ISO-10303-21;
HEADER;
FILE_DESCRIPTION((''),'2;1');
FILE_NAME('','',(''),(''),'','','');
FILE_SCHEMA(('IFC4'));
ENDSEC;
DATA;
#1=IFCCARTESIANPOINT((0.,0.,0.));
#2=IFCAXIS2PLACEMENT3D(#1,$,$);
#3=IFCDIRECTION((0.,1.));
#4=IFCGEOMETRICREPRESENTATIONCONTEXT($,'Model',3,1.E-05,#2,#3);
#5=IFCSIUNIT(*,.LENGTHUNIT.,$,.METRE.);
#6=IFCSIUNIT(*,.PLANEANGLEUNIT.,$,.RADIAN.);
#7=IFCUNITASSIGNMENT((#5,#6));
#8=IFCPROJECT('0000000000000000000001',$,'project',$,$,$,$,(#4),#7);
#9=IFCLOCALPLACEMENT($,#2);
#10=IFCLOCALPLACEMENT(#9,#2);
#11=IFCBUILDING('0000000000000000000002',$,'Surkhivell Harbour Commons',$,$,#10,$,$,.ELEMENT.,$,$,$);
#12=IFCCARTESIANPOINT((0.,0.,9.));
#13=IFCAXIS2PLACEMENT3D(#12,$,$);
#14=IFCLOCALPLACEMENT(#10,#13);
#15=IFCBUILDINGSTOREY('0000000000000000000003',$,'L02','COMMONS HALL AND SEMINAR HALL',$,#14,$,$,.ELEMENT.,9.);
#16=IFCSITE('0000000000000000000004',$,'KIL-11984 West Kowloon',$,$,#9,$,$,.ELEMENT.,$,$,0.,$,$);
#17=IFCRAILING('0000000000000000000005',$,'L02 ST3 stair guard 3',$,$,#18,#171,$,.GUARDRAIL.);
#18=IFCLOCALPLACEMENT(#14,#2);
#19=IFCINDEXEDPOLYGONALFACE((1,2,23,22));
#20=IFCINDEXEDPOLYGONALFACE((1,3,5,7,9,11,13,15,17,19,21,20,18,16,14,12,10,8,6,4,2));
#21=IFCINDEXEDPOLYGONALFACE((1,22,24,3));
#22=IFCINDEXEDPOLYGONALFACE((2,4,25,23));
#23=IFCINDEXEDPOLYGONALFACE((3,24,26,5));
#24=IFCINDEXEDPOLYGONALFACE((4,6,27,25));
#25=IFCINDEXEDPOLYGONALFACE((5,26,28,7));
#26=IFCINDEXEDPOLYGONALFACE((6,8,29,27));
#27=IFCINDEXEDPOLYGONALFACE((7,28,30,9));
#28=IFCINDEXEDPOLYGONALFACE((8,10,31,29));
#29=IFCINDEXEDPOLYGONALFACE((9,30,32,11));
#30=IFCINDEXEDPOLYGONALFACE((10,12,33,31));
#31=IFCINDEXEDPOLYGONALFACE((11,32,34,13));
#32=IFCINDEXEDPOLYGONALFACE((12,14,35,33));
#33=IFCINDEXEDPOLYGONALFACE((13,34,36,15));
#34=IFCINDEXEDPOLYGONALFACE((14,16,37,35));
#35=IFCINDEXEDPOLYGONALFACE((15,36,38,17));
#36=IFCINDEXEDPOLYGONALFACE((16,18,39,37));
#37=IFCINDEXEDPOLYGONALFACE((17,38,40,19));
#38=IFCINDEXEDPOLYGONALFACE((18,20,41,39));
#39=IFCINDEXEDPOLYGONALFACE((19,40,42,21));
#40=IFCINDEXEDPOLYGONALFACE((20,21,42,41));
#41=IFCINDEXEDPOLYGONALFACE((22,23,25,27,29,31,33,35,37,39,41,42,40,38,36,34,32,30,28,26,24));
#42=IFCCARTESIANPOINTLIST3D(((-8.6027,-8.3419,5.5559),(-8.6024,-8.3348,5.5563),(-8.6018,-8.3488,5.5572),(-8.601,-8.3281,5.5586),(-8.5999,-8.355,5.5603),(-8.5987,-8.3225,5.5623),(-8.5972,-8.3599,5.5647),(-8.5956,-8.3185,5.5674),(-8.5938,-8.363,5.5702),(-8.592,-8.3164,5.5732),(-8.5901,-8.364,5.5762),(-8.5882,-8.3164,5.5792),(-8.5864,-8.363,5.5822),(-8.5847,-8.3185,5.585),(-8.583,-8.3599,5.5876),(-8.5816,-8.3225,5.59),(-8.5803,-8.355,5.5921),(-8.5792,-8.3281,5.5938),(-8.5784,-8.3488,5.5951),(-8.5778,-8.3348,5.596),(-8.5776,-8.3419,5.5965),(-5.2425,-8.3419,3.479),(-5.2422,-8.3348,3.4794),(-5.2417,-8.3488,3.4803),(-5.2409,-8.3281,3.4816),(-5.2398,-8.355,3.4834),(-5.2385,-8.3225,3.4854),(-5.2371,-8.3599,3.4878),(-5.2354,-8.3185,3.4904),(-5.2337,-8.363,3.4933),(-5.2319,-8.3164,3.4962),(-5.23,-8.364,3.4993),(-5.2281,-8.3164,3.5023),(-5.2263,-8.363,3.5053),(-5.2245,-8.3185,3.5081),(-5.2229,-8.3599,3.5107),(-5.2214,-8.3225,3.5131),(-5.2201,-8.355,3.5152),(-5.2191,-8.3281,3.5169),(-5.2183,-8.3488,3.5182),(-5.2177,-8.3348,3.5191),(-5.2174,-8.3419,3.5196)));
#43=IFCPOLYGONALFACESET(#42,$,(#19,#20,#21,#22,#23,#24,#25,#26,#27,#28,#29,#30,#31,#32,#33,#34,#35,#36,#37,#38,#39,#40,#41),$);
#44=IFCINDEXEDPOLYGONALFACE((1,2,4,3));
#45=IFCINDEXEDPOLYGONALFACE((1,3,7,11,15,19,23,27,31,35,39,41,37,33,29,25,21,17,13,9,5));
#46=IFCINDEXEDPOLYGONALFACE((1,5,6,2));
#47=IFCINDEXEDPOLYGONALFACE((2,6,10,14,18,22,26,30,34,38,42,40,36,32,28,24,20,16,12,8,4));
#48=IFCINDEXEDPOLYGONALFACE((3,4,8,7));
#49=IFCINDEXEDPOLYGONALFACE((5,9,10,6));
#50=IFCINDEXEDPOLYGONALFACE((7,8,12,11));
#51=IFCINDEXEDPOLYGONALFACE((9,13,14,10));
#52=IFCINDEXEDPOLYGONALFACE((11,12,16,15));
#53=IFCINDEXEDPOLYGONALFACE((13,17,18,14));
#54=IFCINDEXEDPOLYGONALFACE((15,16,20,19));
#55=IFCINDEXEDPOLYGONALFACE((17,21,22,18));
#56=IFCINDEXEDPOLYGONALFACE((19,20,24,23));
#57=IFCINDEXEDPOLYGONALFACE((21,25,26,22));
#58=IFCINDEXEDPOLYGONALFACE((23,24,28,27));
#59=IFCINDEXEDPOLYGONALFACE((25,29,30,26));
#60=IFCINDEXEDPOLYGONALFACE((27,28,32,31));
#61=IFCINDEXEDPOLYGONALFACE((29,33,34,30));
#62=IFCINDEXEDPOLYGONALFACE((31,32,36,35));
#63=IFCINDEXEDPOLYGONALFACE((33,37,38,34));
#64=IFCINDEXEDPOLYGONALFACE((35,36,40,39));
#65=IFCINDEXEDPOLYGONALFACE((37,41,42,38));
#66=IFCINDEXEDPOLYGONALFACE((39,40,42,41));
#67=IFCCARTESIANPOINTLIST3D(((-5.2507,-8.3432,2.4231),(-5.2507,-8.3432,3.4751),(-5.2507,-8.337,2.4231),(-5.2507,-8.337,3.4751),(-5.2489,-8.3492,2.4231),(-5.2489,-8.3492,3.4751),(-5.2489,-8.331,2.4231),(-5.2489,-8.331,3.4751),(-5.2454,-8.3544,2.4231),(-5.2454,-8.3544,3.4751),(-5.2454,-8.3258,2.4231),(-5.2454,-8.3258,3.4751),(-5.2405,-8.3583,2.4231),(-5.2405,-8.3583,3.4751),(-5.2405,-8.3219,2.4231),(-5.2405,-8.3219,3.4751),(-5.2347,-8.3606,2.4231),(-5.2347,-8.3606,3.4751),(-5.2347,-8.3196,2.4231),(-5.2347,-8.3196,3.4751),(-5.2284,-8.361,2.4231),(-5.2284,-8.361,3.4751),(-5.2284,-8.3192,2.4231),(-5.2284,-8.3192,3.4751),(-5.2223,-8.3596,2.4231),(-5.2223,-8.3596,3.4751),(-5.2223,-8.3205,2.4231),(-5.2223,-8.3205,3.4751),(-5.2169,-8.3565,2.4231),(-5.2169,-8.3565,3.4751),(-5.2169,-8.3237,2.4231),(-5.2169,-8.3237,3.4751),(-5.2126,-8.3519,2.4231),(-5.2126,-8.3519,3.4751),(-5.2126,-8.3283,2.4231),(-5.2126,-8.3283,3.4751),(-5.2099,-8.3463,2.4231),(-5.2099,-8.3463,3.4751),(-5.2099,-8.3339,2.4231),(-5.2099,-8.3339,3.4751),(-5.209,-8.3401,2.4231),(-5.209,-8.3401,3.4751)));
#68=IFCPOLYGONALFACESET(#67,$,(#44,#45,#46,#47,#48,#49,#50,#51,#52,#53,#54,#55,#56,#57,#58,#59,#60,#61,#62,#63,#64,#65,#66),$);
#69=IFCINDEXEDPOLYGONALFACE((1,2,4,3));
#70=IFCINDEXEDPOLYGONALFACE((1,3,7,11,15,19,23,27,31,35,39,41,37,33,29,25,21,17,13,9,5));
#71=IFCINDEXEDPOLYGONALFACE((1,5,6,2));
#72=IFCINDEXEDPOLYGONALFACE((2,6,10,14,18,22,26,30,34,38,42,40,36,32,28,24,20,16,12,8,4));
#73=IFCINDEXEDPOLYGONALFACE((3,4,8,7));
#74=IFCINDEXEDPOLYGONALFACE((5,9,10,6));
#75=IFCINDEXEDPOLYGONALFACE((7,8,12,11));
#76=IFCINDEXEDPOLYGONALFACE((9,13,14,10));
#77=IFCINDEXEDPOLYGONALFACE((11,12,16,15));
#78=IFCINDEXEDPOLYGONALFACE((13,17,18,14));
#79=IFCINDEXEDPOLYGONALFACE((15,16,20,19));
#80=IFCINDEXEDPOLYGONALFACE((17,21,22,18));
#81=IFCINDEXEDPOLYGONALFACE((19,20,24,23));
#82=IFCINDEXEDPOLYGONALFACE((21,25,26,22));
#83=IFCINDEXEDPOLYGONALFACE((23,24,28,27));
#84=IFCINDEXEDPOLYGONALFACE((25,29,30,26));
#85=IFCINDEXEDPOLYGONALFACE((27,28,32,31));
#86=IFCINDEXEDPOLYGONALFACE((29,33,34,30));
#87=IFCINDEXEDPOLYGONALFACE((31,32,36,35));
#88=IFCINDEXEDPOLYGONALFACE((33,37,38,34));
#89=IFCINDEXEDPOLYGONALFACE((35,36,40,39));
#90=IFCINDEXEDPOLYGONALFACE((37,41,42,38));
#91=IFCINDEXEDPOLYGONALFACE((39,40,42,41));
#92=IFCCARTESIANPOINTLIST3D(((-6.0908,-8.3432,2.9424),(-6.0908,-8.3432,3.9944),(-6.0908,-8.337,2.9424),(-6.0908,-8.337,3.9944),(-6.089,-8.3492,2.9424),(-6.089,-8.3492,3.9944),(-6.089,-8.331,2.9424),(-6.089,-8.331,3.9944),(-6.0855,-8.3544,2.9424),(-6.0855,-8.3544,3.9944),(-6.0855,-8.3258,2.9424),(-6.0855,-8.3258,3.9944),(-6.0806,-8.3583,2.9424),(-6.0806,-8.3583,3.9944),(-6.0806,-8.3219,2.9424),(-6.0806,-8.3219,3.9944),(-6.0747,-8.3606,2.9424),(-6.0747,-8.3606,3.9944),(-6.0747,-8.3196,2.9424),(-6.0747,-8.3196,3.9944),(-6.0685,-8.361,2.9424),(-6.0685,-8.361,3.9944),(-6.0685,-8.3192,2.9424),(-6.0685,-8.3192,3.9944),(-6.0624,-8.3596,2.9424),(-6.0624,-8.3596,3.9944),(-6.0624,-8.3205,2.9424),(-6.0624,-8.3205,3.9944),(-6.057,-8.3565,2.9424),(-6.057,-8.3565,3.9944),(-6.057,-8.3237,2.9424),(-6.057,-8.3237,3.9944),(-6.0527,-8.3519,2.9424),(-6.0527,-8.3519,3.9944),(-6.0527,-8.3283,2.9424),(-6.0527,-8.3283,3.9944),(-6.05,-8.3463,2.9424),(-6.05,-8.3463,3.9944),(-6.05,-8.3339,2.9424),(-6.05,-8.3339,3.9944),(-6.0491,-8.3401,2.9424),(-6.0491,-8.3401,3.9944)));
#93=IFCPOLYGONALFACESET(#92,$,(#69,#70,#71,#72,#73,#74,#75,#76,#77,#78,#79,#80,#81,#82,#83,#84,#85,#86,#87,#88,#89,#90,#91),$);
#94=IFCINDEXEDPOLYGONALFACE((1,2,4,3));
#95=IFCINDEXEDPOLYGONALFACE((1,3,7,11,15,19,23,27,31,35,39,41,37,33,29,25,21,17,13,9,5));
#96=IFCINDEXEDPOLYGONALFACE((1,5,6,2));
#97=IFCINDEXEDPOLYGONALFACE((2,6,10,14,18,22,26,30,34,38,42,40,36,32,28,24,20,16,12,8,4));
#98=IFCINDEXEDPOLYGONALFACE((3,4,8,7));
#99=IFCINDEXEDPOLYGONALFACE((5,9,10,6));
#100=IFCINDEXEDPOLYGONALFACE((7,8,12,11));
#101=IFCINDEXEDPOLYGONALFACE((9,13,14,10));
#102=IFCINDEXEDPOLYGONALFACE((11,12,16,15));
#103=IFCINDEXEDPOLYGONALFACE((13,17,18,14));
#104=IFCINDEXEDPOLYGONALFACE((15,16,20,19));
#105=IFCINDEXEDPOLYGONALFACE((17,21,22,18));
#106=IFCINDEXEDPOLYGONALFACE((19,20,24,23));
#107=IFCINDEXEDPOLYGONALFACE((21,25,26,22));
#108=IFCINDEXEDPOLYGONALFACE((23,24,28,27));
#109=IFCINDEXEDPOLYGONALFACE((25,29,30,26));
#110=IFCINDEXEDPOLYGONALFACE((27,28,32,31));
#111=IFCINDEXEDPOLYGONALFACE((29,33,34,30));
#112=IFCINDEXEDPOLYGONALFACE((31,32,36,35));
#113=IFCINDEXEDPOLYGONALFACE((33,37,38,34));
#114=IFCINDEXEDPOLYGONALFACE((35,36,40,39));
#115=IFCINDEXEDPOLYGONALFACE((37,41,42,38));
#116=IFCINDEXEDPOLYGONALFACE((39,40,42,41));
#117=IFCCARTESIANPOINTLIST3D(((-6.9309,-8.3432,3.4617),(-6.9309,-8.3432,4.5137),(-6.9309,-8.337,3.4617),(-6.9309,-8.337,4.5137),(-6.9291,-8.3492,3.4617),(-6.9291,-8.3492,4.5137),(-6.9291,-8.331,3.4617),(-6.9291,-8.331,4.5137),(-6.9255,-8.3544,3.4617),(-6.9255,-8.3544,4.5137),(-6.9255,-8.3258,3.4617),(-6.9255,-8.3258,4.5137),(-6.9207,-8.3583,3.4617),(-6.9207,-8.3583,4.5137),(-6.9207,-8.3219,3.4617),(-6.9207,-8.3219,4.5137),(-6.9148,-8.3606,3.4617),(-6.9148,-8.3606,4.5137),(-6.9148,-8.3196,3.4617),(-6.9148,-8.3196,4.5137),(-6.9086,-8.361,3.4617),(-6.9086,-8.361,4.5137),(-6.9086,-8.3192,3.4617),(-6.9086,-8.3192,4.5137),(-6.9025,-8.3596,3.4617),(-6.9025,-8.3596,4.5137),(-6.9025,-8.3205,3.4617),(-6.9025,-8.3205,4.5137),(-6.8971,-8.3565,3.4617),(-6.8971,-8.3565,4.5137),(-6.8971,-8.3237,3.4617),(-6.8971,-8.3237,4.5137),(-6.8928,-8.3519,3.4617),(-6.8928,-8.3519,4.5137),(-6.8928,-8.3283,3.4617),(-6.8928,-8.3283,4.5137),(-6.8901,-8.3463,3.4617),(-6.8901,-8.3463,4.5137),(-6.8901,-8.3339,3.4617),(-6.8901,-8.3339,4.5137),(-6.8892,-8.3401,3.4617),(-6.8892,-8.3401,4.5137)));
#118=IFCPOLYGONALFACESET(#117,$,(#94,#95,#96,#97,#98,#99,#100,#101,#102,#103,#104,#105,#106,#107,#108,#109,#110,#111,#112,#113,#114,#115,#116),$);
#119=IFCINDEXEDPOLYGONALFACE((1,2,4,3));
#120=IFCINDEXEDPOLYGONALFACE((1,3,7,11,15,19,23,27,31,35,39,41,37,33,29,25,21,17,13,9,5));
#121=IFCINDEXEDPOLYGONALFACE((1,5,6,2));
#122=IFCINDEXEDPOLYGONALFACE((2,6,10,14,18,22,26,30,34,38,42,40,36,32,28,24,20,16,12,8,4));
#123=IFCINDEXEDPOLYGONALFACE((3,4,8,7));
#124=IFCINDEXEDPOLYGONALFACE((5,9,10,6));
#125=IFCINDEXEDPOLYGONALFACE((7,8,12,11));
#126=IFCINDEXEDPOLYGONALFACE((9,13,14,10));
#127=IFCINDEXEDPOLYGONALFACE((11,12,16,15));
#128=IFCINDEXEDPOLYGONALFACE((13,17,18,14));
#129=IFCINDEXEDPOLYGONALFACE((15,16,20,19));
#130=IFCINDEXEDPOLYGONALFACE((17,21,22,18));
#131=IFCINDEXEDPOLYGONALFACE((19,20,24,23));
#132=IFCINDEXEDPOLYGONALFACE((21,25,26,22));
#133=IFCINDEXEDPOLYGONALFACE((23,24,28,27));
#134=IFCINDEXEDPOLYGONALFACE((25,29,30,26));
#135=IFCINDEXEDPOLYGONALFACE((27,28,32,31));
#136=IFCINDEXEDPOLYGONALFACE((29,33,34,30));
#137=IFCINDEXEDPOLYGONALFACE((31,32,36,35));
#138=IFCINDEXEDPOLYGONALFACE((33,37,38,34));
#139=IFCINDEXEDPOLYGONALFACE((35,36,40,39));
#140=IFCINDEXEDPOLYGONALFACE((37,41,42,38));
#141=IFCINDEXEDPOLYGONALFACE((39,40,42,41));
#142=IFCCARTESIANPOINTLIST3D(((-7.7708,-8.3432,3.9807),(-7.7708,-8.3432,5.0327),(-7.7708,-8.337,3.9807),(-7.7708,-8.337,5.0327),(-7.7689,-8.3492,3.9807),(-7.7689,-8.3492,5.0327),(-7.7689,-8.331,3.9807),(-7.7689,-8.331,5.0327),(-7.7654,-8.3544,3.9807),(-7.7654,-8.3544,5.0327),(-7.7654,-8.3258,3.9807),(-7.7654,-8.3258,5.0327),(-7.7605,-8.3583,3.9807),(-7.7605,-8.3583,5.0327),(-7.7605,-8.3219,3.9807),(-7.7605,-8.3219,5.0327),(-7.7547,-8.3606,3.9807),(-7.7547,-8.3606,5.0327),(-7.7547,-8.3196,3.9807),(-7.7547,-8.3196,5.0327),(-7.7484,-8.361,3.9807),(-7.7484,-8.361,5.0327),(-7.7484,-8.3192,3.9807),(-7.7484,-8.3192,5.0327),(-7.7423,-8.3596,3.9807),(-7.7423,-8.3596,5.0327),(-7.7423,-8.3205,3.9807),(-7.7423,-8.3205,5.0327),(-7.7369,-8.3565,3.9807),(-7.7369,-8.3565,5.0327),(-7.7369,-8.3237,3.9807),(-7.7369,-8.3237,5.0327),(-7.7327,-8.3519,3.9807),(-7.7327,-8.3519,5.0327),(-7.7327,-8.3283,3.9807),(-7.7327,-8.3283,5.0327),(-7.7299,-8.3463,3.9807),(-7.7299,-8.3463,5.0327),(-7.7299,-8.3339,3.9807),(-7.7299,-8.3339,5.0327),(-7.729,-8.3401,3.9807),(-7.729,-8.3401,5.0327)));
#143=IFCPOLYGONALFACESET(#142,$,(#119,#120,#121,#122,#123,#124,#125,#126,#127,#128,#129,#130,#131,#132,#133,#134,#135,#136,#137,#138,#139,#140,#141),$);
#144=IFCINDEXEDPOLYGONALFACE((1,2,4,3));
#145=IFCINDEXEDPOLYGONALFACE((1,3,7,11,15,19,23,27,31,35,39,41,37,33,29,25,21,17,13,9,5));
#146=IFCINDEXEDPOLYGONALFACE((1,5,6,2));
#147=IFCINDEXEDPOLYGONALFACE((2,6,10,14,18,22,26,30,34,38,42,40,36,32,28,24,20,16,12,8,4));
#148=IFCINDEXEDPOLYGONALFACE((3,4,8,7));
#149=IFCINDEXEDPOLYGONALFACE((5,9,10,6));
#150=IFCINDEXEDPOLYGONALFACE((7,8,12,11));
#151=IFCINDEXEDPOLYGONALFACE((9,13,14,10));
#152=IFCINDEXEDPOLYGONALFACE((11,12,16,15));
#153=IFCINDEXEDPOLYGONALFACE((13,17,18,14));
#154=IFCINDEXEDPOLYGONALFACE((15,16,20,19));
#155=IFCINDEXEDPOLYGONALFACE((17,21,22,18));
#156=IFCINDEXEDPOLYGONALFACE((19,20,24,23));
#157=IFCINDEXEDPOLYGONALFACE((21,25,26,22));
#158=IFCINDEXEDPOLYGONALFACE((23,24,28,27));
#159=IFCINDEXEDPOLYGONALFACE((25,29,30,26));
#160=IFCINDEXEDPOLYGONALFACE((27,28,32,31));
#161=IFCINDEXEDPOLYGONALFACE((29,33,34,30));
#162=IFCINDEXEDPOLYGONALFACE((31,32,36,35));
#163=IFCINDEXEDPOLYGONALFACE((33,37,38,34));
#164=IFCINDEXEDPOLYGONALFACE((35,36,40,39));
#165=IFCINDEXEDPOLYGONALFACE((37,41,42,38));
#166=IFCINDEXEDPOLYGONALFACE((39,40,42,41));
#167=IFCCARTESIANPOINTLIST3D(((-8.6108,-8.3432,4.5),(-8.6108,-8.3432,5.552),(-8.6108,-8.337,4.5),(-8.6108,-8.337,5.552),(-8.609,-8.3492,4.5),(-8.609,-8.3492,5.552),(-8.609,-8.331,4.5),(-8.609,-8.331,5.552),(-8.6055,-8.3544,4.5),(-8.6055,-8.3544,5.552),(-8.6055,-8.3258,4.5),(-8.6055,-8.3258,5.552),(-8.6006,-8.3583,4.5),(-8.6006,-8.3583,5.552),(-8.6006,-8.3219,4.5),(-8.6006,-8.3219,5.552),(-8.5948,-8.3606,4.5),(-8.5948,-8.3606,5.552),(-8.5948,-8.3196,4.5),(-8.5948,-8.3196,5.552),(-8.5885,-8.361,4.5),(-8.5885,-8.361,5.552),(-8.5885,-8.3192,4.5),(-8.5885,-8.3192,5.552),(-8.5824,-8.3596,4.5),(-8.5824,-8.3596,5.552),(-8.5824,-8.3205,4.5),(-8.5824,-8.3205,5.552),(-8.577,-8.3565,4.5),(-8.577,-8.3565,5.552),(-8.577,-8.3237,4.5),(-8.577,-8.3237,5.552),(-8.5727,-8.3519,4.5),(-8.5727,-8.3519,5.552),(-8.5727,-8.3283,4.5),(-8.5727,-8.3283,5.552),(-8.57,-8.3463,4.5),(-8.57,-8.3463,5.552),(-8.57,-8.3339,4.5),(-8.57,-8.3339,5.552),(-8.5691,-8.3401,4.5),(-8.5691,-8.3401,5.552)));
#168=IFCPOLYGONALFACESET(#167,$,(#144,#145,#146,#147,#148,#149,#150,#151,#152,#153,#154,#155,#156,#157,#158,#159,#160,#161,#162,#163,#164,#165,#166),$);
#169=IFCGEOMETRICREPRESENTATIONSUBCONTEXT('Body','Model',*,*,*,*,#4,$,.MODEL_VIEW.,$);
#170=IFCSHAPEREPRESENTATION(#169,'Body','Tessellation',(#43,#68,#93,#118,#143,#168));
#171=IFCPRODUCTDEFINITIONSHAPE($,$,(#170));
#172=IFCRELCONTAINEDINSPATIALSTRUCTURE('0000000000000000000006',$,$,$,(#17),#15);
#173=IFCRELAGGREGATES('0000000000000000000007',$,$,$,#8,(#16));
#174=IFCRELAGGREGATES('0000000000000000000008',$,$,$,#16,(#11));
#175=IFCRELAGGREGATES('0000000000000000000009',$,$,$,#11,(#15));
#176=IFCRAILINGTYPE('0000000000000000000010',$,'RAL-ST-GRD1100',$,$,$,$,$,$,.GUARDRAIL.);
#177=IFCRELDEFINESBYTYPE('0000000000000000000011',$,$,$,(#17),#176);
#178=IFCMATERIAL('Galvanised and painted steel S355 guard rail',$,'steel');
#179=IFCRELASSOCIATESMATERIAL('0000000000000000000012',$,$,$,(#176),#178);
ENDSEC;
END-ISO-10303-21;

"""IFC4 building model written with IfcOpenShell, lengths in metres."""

from ifc_helpers import new_model, si_unit, direction, frame, origin, origin_2d, place, context, subcontext, project, spatial, circle, extrude, material, type_object, element, save


model = new_model("IFC4")

# Units and contexts
model_context = context("Model", 3, precision=1e-05, world=origin(), true_north=direction((0.0, 1.0)))
body_context = subcontext(model_context, "Body", "Model", "MODEL_VIEW")
ifc_project = project(units=[si_unit("LENGTHUNIT", "METRE"), si_unit("PLANEANGLEUNIT", "RADIAN")], contexts=[model_context])

# Site, building, storey
site_placement = place(None, origin())
site = spatial("IfcSite", under=ifc_project, at=site_placement, Name="KIL-11984 West Kowloon", CompositionType="ELEMENT", RefElevation=0.0)
building_placement = place(site_placement, origin())
building = spatial("IfcBuilding", under=site, at=building_placement, Name="Surkhivell Harbour Commons", CompositionType="ELEMENT")
storey_placement = place(building_placement, frame((0.0, 0.0, 9.0)))
storey = spatial("IfcBuildingStorey", under=building, at=storey_placement, Name="L02", Description="COMMONS HALL AND SEMINAR HALL", CompositionType="ELEMENT", Elevation=9.0)

# Railing
ifc_material_1 = material(Name="Galvanised and painted steel S355 guard rail", Category="steel")
railing_type_1 = type_object("IfcRailingType", Name="RAL-ST-GRD1100", PredefinedType="GUARDRAIL", material=ifc_material_1)
railing_1_placement = place(storey_placement, frame((-5.23, -8.3401, 2.4231)))
element("IfcRailing", 1, at=railing_1_placement, inside=storey, type_object=railing_type_1, Name="L02 ST3 stair guard 3", PredefinedType="GUARDRAIL", context=body_context, shape_type="SweptSolid", body=[
    extrude(circle(Radius=0.0239, at=origin_2d()), frame((0.0, 0.0, 1.0762), z_axis=(-0.850623, 0.0, 0.525776), x_axis=(0.0, -1.0, 0.0)), (0.0, 0.0, 1.0), 3.9502),
    extrude(circle(Radius=0.021, at=origin_2d()), origin(), (0.0, 0.0, 1.0), 1.052),
    extrude(circle(Radius=0.021, at=origin_2d()), frame((-0.8401, 0.0, 0.5193)), (0.0, 0.0, 1.0), 1.052),
    extrude(circle(Radius=0.021, at=origin_2d()), frame((-1.6802, 0.0, 1.0386)), (0.0, 0.0, 1.0), 1.052),
    extrude(circle(Radius=0.021, at=origin_2d()), frame((-2.52, 0.0, 1.5576)), (0.0, 0.0, 1.0), 1.052),
    extrude(circle(Radius=0.021, at=origin_2d()), frame((-3.3601, 0.0, 2.0769)), (0.0, 0.0, 1.0), 1.052),
])

save(model, "model.ifc")
